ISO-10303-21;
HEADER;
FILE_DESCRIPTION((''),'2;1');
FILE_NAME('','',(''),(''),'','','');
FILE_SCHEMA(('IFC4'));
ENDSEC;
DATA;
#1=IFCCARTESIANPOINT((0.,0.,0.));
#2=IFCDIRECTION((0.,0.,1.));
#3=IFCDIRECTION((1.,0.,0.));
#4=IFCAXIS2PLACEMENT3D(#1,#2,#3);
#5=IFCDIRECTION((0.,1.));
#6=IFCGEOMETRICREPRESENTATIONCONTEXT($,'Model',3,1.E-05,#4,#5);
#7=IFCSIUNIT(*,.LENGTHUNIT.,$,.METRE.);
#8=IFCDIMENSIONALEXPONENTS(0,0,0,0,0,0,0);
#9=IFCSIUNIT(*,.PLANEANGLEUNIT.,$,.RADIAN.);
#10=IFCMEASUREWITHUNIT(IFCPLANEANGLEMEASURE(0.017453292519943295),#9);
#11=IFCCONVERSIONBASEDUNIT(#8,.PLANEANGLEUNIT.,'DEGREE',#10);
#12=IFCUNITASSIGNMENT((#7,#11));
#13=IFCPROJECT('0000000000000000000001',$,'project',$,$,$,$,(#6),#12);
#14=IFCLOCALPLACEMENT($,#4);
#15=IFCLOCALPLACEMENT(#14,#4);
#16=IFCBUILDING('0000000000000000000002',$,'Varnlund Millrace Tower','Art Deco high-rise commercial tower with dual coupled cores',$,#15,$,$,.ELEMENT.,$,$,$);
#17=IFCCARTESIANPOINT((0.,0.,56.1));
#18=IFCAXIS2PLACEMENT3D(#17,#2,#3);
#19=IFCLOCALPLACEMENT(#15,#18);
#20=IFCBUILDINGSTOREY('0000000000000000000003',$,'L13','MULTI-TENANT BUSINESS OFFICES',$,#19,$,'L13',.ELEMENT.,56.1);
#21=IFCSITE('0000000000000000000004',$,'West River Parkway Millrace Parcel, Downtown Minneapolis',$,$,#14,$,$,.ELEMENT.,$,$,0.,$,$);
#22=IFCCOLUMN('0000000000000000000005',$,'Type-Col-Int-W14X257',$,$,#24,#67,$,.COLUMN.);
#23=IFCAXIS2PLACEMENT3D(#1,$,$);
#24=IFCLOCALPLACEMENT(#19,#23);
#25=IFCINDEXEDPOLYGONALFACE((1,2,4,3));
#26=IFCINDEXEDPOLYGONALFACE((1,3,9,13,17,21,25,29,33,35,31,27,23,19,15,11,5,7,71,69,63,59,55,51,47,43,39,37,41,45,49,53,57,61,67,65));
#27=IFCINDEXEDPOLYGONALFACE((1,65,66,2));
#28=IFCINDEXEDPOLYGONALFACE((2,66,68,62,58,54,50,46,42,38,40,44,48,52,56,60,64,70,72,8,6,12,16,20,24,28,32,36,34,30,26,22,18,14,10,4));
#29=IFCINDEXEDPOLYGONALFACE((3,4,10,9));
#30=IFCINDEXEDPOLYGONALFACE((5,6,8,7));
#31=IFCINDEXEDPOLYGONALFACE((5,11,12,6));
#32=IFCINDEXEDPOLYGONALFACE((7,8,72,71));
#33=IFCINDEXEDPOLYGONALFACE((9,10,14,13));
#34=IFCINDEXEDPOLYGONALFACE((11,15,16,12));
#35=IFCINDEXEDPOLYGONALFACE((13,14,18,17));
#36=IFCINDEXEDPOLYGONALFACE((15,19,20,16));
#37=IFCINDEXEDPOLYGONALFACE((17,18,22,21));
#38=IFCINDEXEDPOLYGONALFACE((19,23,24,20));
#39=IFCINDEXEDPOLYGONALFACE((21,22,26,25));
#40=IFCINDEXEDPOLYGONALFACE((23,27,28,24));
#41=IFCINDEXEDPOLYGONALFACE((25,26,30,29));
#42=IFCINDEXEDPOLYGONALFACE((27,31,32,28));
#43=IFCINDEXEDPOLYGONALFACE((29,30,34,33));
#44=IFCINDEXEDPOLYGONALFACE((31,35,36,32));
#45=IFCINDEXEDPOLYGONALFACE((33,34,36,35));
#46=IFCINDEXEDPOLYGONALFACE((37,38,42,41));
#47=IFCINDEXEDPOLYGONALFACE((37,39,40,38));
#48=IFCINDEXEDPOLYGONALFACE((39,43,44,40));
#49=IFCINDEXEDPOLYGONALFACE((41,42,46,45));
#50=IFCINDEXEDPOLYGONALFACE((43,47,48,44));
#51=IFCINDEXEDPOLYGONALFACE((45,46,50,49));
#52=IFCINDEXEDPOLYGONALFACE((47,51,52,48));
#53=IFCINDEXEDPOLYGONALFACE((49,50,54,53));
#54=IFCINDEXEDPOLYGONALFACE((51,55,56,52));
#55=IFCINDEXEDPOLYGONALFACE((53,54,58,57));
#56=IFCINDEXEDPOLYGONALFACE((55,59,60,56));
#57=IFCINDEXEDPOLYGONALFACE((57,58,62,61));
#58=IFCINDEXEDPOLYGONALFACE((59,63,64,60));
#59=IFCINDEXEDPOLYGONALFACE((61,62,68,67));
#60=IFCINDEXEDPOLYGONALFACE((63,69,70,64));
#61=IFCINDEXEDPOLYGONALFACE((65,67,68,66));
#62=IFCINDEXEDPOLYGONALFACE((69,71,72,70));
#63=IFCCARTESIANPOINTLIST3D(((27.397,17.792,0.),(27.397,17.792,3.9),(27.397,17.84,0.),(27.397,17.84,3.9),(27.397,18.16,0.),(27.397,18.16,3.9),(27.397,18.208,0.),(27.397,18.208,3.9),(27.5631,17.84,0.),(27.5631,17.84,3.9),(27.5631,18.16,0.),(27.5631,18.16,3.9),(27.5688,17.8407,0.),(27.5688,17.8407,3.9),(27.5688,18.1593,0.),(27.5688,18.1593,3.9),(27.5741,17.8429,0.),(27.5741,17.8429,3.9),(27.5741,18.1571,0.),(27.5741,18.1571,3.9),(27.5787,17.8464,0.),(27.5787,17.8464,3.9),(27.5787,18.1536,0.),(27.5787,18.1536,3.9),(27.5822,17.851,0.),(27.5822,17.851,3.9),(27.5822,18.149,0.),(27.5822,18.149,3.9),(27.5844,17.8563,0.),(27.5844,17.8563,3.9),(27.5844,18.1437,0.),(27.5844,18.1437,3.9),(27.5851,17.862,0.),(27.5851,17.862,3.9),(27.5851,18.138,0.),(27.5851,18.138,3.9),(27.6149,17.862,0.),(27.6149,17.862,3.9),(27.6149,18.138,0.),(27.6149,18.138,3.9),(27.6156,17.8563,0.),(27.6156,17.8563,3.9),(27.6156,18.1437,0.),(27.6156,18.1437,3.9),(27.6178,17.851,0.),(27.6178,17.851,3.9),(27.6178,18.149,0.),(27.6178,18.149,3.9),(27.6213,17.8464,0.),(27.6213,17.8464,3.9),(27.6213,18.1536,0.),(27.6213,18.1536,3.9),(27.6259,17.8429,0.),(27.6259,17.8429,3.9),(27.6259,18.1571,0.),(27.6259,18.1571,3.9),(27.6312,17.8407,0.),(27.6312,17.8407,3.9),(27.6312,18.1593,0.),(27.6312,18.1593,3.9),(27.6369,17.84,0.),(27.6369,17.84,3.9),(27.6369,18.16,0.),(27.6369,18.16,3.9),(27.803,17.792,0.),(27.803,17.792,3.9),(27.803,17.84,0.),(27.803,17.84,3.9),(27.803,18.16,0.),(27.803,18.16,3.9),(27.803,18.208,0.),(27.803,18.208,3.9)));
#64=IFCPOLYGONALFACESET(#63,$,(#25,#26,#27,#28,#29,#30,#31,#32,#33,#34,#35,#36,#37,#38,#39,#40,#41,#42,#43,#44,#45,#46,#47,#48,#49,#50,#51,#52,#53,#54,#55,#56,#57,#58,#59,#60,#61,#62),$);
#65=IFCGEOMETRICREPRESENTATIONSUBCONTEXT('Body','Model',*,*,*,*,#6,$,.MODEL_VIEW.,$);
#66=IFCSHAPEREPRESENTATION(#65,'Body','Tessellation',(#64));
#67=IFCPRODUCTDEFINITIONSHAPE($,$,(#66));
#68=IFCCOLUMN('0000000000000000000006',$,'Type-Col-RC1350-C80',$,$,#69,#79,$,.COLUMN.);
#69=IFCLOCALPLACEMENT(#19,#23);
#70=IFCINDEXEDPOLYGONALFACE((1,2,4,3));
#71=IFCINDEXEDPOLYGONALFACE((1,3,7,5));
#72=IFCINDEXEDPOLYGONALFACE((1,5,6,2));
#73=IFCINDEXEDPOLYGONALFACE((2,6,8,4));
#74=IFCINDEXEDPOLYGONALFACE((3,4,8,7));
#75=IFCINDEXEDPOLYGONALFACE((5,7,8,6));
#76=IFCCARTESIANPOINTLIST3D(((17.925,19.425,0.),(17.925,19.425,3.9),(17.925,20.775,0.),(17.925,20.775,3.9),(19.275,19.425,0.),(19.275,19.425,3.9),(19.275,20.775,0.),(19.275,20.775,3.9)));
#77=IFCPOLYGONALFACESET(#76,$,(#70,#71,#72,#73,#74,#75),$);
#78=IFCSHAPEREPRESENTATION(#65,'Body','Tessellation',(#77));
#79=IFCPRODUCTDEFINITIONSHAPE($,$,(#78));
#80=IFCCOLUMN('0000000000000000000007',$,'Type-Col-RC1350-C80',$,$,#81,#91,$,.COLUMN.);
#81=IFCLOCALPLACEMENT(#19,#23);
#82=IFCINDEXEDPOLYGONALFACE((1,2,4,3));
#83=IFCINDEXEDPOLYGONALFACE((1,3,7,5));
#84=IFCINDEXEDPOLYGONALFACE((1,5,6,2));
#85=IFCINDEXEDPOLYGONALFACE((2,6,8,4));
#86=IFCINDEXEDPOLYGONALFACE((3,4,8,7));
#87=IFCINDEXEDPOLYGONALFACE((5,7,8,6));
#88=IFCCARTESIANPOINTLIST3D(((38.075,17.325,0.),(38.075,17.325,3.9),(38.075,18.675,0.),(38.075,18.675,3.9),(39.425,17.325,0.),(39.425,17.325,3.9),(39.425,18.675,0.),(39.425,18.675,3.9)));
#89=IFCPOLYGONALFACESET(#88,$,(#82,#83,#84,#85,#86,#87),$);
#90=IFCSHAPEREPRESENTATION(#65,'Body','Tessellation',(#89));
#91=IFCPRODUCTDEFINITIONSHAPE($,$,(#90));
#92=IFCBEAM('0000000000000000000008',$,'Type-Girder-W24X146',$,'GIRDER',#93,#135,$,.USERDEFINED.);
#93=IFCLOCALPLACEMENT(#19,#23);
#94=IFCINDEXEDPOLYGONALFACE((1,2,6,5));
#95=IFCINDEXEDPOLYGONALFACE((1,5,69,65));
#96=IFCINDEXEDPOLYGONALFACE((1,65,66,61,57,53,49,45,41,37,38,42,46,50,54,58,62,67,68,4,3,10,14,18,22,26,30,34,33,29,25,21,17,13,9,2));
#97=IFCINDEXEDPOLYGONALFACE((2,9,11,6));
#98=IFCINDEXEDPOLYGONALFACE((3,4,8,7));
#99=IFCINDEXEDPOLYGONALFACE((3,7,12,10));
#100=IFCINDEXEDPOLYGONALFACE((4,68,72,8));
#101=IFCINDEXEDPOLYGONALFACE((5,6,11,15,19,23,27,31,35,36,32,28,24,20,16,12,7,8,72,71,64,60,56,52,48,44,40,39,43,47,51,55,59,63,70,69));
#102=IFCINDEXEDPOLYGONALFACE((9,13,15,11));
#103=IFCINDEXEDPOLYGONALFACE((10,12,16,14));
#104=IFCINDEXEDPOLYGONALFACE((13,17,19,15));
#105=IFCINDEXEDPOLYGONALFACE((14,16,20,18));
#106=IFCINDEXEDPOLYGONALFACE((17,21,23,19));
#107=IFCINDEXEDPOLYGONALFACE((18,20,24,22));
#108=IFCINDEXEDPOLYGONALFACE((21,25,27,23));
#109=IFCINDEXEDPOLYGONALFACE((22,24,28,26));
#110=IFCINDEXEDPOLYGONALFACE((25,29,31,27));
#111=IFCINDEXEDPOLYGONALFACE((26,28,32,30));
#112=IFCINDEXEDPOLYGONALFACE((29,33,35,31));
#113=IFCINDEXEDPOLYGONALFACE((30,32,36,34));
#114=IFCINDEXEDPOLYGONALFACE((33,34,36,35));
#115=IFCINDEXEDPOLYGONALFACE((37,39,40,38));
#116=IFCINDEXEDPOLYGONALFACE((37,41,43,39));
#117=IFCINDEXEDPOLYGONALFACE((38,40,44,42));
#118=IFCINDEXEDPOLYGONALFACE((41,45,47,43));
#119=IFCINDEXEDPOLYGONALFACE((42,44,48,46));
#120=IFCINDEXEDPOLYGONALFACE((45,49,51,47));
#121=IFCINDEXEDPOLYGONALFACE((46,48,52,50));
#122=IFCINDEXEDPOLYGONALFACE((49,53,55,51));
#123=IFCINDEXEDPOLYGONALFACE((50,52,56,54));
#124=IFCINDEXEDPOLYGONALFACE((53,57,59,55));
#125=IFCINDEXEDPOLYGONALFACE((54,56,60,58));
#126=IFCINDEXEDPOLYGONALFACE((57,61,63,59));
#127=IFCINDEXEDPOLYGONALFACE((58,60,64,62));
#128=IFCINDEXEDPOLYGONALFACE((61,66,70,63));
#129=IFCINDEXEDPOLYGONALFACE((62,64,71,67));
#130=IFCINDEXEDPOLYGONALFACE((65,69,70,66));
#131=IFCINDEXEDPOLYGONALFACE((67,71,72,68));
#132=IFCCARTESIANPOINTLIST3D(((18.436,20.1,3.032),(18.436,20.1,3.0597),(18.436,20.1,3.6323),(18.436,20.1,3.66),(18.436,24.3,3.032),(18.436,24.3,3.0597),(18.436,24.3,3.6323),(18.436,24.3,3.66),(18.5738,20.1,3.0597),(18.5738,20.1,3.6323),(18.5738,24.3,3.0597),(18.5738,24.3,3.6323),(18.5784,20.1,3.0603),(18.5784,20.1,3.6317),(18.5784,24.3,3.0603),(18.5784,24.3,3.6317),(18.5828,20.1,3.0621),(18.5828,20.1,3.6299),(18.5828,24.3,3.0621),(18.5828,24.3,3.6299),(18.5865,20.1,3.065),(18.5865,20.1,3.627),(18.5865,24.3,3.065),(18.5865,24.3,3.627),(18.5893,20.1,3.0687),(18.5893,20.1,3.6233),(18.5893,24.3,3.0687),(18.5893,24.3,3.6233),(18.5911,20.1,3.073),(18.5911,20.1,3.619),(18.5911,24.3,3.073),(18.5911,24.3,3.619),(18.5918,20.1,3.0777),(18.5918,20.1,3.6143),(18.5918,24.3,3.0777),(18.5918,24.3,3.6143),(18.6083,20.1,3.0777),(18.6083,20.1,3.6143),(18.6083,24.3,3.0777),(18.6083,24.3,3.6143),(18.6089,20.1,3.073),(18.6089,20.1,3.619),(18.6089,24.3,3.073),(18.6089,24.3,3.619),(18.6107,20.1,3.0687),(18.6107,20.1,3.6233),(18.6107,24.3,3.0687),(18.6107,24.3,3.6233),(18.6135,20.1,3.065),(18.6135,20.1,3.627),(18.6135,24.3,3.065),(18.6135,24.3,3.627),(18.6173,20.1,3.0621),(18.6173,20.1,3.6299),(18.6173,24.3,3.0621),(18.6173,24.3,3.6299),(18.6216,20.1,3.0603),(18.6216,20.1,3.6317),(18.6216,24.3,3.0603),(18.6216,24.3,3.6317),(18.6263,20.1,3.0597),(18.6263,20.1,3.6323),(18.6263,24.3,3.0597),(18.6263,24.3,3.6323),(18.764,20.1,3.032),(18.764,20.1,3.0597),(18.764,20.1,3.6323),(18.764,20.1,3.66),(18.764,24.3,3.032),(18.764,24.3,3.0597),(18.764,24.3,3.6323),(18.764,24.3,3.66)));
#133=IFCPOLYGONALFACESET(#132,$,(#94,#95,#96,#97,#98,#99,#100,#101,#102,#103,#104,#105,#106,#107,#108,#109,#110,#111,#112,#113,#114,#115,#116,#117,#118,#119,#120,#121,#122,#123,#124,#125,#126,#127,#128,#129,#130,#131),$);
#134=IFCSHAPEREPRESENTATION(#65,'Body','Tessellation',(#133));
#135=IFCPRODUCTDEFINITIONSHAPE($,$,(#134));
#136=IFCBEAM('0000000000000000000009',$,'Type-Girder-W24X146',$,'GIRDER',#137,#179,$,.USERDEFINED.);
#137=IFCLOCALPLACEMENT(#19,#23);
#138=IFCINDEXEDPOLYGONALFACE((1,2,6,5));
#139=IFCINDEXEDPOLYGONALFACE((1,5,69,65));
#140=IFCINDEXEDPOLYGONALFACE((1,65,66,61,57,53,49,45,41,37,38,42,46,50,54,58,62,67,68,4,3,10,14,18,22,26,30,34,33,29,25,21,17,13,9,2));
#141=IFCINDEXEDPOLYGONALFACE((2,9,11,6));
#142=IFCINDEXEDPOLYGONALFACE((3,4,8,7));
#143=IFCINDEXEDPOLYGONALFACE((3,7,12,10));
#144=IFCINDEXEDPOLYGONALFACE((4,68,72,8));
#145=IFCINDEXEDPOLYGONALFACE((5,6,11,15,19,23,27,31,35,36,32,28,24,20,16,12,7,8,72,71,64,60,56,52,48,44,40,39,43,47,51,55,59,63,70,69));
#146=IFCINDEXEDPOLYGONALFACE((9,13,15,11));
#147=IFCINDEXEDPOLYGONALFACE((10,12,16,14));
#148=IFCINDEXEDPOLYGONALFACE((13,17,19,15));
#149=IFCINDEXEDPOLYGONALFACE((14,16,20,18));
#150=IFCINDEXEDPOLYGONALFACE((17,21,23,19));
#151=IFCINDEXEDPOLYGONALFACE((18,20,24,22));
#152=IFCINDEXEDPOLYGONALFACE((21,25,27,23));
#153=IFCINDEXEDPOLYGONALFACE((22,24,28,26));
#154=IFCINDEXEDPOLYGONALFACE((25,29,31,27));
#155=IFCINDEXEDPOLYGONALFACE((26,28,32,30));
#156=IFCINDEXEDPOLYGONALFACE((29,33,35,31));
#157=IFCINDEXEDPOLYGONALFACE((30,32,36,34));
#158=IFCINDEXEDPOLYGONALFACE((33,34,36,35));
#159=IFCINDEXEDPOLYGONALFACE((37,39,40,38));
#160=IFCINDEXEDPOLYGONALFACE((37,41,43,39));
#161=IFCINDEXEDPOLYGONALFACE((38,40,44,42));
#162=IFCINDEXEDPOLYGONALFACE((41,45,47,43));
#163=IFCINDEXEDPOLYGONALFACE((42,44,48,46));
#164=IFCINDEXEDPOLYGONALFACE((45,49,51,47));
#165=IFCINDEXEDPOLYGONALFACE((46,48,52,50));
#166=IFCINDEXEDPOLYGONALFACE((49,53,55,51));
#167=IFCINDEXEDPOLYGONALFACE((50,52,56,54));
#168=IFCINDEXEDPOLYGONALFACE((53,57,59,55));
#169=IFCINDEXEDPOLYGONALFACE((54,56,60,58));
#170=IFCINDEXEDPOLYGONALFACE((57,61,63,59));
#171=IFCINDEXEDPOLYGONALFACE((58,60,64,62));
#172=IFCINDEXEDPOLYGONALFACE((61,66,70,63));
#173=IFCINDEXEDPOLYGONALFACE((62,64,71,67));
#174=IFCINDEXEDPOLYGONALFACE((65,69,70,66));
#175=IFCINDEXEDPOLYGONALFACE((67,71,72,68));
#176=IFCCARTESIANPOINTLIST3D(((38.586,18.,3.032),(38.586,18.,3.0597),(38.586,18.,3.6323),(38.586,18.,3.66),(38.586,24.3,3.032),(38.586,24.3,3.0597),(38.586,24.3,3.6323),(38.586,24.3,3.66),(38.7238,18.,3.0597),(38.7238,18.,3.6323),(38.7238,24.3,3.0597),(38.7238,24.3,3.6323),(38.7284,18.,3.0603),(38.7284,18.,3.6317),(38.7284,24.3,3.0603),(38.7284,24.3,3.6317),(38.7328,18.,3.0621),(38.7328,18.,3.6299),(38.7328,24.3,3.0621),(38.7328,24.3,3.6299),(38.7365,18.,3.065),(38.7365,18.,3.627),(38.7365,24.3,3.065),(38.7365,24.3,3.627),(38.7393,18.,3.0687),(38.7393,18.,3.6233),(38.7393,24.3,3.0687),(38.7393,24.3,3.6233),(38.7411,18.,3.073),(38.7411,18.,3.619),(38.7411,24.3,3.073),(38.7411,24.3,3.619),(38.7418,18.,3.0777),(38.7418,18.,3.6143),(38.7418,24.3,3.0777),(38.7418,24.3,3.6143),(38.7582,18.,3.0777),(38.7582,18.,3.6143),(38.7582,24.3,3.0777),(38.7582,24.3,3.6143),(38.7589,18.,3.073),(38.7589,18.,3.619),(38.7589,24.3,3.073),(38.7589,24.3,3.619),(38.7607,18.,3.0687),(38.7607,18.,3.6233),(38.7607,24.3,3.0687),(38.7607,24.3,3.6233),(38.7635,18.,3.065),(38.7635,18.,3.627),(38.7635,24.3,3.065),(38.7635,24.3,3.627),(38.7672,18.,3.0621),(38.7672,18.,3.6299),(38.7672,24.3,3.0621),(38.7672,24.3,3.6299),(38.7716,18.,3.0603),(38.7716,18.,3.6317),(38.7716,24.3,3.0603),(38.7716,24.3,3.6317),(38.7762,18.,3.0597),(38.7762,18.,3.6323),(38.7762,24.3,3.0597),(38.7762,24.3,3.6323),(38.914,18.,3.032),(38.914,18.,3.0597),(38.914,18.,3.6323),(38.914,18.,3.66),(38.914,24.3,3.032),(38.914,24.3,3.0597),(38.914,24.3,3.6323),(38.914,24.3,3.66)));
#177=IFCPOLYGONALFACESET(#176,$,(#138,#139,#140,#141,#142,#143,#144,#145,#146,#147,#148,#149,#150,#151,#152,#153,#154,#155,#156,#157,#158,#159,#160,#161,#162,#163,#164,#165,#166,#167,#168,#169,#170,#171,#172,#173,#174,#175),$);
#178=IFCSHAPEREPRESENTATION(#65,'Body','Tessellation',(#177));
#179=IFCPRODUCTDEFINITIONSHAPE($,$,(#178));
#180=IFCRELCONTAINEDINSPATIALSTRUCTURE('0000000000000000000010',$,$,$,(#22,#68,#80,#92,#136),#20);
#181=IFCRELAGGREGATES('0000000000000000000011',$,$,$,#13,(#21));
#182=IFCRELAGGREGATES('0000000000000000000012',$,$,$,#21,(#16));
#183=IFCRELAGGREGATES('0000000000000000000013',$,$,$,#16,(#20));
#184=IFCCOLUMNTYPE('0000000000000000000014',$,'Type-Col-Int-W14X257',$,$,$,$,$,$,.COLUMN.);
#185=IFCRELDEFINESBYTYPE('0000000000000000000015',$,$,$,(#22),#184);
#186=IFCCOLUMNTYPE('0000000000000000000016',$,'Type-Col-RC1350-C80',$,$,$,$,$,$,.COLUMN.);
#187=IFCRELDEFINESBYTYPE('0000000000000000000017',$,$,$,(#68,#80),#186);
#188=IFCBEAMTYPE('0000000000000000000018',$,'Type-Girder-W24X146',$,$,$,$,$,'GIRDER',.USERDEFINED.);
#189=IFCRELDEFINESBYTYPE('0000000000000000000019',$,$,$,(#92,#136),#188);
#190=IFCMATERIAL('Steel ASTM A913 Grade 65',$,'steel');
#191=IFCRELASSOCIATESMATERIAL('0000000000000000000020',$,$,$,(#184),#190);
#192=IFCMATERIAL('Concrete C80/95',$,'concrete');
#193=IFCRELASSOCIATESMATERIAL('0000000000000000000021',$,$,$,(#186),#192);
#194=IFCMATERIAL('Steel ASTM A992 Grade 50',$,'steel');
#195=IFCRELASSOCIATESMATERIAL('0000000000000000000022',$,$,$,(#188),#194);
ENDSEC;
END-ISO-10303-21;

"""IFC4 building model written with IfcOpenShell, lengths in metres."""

from ifc_helpers import new_model, entity, si_unit, converted_unit, direction, frame, origin_with_axes, origin_2d_with_axis, place, context, subcontext, project, spatial, rectangle, i_section, extrude, material, material_profile, profile_set, type_object, element, save


model = new_model("IFC4")

# Units and contexts
model_context = context("Model", 3, precision=1e-05, world=origin_with_axes(), true_north=direction((0.0, 1.0)))
body_context = subcontext(model_context, "Body", "Model", "MODEL_VIEW")
ifc_project = project(units=[si_unit("LENGTHUNIT", "METRE"), converted_unit("PLANEANGLEUNIT", "DEGREE", entity("IfcPlaneAngleMeasure", 0.017453292519943295), si_unit("PLANEANGLEUNIT", "RADIAN"), dimensions=[0, 0, 0, 0, 0, 0, 0])], contexts=[model_context])

# Site, building, storey
site_placement = place(None, origin_with_axes())
site = spatial("IfcSite", under=ifc_project, at=site_placement, Name="West River Parkway Millrace Parcel, Downtown Minneapolis", CompositionType="ELEMENT", RefElevation=0.0)
building_placement = place(site_placement, origin_with_axes())
building = spatial("IfcBuilding", under=site, at=building_placement, Name="Varnlund Millrace Tower", Description="Art Deco high-rise commercial tower with dual coupled cores", CompositionType="ELEMENT")
storey_placement = place(building_placement, frame((0.0, 0.0, 56.1), z_axis=(0.0, 0.0, 1.0), x_axis=(1.0, 0.0, 0.0)))
storey = spatial("IfcBuildingStorey", under=building, at=storey_placement, Name="L13", Description="MULTI-TENANT BUSINESS OFFICES", LongName="L13", CompositionType="ELEMENT", Elevation=56.1)

# Columns
ifc_material_1 = material(Name="Steel ASTM A913 Grade 65", Category="steel")
ifc_material_profile_1 = material_profile(ifc_material_1, i_section(OverallWidth=0.406, OverallDepth=0.416, WebThickness=0.0298, FlangeThickness=0.048, FilletRadius=0.022, at=origin_2d_with_axis()), Name="Steel ASTM A913 Grade 65")
ifc_profile_set_1 = profile_set([ifc_material_profile_1], Name="Steel ASTM A913 Grade 65")
column_type_1 = type_object("IfcColumnType", Name="Type-Col-Int-W14X257", PredefinedType="COLUMN", material=ifc_profile_set_1)
column_placement = place(storey_placement, frame((27.6, 18.0, 0.0), z_axis=(0.0, 0.0, 1.0), x_axis=(1.0, 0.0, 0.0)))
element("IfcColumn", 1, at=column_placement, inside=storey, type_object=column_type_1, Name="Type-Col-Int-W14X257", PredefinedType="COLUMN", context=body_context, shape_type="SweptSolid", body=[
    extrude(i_section(OverallWidth=0.406, OverallDepth=0.416, WebThickness=0.0298, FlangeThickness=0.048, FilletRadius=0.022, at=origin_2d_with_axis()), origin_with_axes(), (0.0, 0.0, 1.0), 3.9),
])
ifc_material_2 = material(Name="Concrete C80/95", Category="concrete")
ifc_material_profile_2 = material_profile(ifc_material_2, rectangle(XDim=1.35, YDim=1.35, at=origin_2d_with_axis()), Name="Concrete C80/95")
ifc_profile_set_2 = profile_set([ifc_material_profile_2], Name="Concrete C80/95")
column_type_2 = type_object("IfcColumnType", Name="Type-Col-RC1350-C80", PredefinedType="COLUMN", material=ifc_profile_set_2)
for number, where, z_axis, x_axis, name in (
    (2, (18.6, 20.1, 0.0), (0.0, 0.0, 1.0), (1.0, 0.0, 0.0), "Type-Col-RC1350-C80"),
    (3, (38.75, 18.0, 0.0), (0.0, 0.0, 1.0), (1.0, 0.0, 0.0), "Type-Col-RC1350-C80"),
):
    element("IfcColumn", number, at=place(storey_placement, frame(where, z_axis=z_axis, x_axis=x_axis)), inside=storey, type_object=column_type_2, Name=name, PredefinedType="COLUMN", context=body_context, shape_type="SweptSolid", body=[
        extrude(rectangle(XDim=1.35, YDim=1.35, at=origin_2d_with_axis()), origin_with_axes(), (0.0, 0.0, 1.0), 3.9),
    ])

# Beams
ifc_material_3 = material(Name="Steel ASTM A992 Grade 50", Category="steel")
ifc_material_profile_3 = material_profile(ifc_material_3, i_section(OverallWidth=0.328, OverallDepth=0.628, WebThickness=0.0165, FlangeThickness=0.0277, FilletRadius=0.018, at=origin_2d_with_axis()), Name="Steel ASTM A992 Grade 50")
ifc_profile_set_3 = profile_set([ifc_material_profile_3], Name="Steel ASTM A992 Grade 50")
beam_type_1 = type_object("IfcBeamType", Name="Type-Girder-W24X146", ElementType="GIRDER", PredefinedType="USERDEFINED", material=ifc_profile_set_3)
beam_1_placement = place(storey_placement, frame((18.6, 20.1, 3.346), z_axis=(0.0, 1.0, 0.0), x_axis=(-1.0, 0.0, 0.0)))
element("IfcBeam", 4, at=beam_1_placement, inside=storey, type_object=beam_type_1, Name="Type-Girder-W24X146", ObjectType="GIRDER", PredefinedType="USERDEFINED", context=body_context, shape_type="SweptSolid", body=[
    extrude(i_section(OverallWidth=0.328, OverallDepth=0.628, WebThickness=0.0165, FlangeThickness=0.0277, FilletRadius=0.018, at=origin_2d_with_axis()), origin_with_axes(), (0.0, 0.0, 1.0), 4.2),
])
beam_2_placement = place(storey_placement, frame((38.75, 18.0, 3.346), z_axis=(0.0, 1.0, 0.0), x_axis=(-1.0, 0.0, 0.0)))
element("IfcBeam", 5, at=beam_2_placement, inside=storey, type_object=beam_type_1, Name="Type-Girder-W24X146", ObjectType="GIRDER", PredefinedType="USERDEFINED", context=body_context, shape_type="SweptSolid", body=[
    extrude(i_section(OverallWidth=0.328, OverallDepth=0.628, WebThickness=0.0165, FlangeThickness=0.0277, FilletRadius=0.018, at=origin_2d_with_axis()), origin_with_axes(), (0.0, 0.0, 1.0), 6.3),
])

save(model, "model.ifc")
